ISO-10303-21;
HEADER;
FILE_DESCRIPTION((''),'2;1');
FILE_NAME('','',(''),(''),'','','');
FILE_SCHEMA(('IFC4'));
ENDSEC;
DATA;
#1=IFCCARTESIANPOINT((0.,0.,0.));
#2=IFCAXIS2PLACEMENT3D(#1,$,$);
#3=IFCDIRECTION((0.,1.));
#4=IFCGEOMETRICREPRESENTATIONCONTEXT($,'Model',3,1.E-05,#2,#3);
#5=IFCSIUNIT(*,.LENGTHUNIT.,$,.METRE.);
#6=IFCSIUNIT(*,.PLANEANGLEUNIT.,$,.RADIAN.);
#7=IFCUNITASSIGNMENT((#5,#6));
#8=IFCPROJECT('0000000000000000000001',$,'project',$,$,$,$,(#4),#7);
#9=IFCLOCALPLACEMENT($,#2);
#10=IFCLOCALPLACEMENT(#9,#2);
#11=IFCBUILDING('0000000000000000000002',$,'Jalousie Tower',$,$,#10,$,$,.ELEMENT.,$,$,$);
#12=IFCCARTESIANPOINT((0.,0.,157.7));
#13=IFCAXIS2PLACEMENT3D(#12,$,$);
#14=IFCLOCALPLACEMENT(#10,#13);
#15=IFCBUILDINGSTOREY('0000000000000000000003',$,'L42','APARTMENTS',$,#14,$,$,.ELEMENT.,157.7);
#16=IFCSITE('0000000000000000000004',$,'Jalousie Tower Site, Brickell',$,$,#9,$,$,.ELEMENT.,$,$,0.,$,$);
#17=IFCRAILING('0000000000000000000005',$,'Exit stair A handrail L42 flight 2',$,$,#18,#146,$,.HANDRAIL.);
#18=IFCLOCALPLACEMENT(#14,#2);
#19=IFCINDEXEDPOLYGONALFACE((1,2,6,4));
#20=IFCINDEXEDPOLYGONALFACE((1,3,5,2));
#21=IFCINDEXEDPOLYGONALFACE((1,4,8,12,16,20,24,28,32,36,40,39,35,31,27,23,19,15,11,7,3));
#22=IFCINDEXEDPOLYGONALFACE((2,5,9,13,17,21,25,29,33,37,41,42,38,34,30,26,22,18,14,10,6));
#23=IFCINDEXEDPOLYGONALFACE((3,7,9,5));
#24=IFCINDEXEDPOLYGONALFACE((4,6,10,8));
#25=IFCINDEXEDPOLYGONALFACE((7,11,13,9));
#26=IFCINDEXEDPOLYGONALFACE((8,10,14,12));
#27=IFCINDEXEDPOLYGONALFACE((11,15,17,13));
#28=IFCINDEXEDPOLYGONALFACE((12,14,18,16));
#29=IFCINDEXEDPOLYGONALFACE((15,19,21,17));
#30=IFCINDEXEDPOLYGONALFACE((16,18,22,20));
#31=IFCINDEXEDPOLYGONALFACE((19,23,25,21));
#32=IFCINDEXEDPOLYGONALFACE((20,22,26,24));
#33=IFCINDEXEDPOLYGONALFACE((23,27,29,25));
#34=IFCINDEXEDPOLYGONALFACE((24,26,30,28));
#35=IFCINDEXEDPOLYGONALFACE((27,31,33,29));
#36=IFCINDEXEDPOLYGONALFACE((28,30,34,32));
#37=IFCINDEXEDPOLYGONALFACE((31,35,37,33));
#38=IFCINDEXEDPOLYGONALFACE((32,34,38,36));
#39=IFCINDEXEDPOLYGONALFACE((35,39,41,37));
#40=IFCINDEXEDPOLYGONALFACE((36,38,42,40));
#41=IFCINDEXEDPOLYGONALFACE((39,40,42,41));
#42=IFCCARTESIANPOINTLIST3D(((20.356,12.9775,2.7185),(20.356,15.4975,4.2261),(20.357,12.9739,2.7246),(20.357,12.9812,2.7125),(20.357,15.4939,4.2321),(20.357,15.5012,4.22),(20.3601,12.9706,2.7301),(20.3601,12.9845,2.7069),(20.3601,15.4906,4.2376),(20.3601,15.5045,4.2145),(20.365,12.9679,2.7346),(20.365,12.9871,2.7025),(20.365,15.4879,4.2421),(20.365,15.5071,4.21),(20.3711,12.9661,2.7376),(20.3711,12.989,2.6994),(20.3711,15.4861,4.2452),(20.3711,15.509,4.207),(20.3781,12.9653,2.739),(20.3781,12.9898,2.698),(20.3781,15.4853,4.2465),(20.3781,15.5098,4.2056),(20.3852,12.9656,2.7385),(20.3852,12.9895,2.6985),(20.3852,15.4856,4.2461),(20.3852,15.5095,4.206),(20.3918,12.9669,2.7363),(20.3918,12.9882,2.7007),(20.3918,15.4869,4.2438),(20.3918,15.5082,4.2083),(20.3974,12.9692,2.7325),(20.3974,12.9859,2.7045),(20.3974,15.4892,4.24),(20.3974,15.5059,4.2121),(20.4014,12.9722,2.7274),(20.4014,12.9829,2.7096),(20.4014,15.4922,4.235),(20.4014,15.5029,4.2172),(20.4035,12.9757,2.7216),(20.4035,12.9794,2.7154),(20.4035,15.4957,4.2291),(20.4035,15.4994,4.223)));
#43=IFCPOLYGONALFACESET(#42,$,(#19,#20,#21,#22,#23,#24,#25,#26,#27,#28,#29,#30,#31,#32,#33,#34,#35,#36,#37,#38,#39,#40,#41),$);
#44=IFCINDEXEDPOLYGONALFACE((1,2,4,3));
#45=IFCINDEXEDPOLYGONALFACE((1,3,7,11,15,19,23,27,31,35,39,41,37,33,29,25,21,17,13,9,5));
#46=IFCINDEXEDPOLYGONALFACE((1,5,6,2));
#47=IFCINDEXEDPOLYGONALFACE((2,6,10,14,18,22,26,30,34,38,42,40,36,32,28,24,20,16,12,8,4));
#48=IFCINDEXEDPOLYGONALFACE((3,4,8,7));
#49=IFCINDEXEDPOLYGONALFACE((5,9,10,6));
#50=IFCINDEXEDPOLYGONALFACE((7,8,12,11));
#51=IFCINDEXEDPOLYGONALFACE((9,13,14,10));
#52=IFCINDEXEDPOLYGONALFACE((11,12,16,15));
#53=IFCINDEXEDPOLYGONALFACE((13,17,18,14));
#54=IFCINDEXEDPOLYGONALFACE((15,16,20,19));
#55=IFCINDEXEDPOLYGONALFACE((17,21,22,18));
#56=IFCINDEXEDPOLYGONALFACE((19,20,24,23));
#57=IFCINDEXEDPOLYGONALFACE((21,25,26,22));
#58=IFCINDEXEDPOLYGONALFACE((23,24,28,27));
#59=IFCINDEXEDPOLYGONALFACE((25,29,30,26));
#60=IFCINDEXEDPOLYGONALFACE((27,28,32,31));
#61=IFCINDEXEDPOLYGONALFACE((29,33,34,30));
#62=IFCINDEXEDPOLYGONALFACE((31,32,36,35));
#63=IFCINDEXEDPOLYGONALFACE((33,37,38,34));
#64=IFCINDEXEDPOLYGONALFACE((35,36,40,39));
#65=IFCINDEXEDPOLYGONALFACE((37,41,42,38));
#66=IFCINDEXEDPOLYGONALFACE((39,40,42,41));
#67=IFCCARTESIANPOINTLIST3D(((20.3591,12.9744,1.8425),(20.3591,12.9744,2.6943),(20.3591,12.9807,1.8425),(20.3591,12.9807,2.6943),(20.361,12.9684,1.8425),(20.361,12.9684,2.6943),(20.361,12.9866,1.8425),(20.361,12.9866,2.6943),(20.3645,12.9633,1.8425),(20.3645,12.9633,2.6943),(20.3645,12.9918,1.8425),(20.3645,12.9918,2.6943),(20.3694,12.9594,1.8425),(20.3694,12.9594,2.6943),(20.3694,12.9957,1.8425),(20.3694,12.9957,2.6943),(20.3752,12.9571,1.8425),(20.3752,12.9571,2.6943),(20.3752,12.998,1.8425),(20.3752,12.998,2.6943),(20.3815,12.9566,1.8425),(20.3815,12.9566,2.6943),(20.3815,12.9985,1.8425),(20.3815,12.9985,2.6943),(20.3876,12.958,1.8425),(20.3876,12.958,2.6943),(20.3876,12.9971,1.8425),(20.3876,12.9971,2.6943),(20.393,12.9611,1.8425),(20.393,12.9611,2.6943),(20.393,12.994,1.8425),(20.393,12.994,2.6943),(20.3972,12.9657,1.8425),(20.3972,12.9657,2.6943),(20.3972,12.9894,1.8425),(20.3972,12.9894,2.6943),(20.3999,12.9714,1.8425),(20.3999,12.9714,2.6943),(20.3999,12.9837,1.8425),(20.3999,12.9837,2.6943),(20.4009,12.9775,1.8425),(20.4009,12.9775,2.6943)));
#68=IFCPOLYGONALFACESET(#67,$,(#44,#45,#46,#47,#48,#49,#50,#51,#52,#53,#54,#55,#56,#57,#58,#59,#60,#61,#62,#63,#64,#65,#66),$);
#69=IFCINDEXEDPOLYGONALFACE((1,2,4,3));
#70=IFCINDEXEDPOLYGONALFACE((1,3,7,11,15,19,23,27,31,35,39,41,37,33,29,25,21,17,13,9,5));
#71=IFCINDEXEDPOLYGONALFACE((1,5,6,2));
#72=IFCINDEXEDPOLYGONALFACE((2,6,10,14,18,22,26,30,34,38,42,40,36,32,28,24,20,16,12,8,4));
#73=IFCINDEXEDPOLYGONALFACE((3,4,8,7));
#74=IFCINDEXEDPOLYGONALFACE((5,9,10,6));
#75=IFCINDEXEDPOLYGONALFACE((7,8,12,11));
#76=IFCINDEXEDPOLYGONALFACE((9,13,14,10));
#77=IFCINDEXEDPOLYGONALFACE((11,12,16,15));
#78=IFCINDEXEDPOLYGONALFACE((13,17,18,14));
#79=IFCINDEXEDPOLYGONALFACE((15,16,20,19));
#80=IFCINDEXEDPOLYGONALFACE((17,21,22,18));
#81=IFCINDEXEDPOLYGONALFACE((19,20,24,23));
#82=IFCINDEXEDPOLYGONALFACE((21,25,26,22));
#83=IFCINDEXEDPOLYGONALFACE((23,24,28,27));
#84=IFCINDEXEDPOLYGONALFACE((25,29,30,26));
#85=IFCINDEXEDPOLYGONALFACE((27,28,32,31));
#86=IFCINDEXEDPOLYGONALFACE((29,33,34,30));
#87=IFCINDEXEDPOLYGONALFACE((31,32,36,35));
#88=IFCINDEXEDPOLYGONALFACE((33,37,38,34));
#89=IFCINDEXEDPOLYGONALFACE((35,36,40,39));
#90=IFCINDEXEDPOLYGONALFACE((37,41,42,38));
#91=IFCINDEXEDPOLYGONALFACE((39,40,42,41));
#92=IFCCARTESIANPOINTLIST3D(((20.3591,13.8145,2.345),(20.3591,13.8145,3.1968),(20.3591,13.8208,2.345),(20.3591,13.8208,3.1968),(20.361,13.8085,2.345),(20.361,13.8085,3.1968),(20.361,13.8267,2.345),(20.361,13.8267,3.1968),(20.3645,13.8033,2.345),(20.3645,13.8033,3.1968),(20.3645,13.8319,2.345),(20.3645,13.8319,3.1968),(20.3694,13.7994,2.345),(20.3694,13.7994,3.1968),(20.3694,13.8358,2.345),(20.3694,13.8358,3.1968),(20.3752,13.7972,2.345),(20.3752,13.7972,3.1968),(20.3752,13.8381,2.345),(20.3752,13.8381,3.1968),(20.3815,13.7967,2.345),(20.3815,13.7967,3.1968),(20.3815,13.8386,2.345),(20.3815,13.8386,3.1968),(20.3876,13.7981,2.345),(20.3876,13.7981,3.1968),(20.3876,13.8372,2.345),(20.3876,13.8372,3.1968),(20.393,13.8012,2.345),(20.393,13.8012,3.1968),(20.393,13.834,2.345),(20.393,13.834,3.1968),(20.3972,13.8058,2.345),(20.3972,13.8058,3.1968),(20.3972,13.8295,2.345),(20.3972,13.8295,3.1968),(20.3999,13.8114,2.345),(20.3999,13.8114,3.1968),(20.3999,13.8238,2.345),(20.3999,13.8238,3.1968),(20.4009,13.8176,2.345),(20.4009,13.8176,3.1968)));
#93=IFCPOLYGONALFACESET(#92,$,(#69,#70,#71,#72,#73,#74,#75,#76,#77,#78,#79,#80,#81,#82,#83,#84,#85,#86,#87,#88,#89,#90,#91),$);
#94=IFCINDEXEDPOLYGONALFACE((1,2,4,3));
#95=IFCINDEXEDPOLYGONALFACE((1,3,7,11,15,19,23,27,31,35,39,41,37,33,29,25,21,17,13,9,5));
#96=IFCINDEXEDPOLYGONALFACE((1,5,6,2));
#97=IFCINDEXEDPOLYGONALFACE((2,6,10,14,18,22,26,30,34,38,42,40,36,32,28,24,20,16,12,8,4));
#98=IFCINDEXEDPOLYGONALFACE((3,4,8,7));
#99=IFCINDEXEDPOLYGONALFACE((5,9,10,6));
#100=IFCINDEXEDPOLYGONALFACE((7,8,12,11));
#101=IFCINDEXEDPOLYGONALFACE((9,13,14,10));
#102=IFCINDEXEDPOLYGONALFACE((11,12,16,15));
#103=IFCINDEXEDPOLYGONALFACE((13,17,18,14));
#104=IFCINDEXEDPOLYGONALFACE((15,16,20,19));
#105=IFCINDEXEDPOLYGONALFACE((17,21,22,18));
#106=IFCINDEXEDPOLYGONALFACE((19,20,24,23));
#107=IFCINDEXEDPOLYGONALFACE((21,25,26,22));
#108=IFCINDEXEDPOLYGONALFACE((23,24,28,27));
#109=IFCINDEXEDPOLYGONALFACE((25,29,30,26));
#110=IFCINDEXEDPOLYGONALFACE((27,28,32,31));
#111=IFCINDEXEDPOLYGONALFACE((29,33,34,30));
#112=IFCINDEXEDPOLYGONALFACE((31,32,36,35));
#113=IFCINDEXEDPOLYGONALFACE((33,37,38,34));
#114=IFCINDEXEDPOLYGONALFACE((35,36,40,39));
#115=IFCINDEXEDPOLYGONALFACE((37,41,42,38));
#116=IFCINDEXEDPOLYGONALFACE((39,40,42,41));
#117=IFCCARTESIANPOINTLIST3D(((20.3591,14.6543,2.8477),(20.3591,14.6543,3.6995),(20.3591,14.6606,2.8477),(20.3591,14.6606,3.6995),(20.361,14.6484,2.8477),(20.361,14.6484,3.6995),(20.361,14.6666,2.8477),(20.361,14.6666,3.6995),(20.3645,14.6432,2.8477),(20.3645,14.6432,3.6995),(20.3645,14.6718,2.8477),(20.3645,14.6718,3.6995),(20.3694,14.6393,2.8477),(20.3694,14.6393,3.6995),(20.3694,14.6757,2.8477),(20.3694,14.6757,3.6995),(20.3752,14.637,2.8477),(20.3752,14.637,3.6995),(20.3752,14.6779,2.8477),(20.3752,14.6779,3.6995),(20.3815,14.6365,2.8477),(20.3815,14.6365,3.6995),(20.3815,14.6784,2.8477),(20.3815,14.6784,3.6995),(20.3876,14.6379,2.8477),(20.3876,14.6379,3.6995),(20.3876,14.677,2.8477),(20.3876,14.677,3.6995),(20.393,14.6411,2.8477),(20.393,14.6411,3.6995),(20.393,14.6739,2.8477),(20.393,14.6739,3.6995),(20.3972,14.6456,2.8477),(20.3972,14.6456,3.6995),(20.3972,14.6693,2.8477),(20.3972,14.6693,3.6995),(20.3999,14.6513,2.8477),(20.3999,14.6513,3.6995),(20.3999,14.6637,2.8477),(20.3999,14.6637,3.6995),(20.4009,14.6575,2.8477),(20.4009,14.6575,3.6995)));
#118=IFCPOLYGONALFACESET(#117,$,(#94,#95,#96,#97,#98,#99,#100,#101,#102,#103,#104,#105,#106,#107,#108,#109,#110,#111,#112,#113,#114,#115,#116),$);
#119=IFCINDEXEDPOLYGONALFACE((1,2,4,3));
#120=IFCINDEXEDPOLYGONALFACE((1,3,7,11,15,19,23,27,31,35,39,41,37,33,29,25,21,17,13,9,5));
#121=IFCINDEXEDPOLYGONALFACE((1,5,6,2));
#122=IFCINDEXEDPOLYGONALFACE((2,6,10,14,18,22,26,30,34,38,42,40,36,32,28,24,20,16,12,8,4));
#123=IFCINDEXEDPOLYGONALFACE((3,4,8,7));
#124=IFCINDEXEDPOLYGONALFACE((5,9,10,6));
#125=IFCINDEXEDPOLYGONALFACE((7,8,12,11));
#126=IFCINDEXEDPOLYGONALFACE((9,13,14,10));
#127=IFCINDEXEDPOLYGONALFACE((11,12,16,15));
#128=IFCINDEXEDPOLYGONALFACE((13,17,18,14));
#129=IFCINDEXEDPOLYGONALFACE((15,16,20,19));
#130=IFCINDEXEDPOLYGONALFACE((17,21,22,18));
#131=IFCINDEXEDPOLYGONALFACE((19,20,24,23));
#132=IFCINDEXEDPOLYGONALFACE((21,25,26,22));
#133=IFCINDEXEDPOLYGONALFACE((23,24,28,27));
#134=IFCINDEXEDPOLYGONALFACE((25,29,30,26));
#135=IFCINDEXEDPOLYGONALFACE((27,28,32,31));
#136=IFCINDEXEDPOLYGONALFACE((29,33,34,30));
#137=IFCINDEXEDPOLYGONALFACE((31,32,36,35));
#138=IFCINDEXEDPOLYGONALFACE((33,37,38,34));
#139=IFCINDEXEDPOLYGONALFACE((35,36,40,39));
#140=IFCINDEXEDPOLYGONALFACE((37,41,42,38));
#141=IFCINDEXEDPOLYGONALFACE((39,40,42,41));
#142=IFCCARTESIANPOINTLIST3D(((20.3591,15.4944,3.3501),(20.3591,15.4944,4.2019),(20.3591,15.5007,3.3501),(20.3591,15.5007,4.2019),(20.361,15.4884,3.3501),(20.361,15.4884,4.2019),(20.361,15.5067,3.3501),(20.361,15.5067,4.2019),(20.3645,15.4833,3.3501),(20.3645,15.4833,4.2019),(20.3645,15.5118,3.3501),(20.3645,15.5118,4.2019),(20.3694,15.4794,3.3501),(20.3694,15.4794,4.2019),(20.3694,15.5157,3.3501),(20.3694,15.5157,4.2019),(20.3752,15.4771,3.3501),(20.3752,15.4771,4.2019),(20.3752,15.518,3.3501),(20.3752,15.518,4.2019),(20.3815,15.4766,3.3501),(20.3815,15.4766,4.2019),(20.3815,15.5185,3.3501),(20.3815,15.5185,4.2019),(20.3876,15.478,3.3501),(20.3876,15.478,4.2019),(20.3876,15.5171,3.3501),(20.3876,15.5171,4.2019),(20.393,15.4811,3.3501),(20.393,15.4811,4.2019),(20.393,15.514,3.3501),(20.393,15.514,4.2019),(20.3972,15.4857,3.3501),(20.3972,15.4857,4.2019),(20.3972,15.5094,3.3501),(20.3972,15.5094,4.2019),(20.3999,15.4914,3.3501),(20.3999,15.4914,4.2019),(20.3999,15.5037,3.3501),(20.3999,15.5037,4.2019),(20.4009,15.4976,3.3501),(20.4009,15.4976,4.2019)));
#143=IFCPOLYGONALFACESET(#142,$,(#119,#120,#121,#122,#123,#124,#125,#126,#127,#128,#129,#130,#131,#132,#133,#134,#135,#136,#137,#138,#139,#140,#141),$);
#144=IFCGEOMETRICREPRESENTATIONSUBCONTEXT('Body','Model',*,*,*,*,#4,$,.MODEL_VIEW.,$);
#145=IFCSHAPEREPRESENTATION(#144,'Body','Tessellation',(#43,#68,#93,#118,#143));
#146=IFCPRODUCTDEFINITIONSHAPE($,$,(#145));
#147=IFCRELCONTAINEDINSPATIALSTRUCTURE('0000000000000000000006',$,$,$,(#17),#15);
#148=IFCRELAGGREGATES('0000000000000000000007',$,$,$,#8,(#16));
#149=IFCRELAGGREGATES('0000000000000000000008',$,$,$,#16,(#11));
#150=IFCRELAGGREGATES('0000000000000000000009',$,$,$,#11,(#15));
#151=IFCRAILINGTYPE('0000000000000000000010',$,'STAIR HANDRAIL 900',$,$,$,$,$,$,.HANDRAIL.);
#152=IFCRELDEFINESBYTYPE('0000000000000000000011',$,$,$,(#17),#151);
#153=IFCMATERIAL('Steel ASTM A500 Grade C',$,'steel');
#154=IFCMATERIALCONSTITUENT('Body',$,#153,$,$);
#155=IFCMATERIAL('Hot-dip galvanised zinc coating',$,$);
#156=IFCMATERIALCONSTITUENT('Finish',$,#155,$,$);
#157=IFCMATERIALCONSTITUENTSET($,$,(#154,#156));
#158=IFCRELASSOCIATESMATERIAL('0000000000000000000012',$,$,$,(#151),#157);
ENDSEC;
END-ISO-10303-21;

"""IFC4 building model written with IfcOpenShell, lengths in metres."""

from ifc_helpers import new_model, si_unit, direction, frame, origin, origin_2d, place, context, subcontext, project, spatial, circle, extrude, material, constituent, constituent_set, type_object, element, save


model = new_model("IFC4")

# Units and contexts
model_context = context("Model", 3, precision=1e-05, world=origin(), true_north=direction((0.0, 1.0)))
body_context = subcontext(model_context, "Body", "Model", "MODEL_VIEW")
ifc_project = project(units=[si_unit("LENGTHUNIT", "METRE"), si_unit("PLANEANGLEUNIT", "RADIAN")], contexts=[model_context])

# Site, building, storey
site_placement = place(None, origin())
site = spatial("IfcSite", under=ifc_project, at=site_placement, Name="Jalousie Tower Site, Brickell", CompositionType="ELEMENT", RefElevation=0.0)
building_placement = place(site_placement, origin())
building = spatial("IfcBuilding", under=site, at=building_placement, Name="Jalousie Tower", CompositionType="ELEMENT")
storey_placement = place(building_placement, frame((0.0, 0.0, 157.7)))
storey = spatial("IfcBuildingStorey", under=building, at=storey_placement, Name="L42", Description="APARTMENTS", CompositionType="ELEMENT", Elevation=157.7)

# Railing
ifc_material_1 = material(Name="Steel ASTM A500 Grade C", Category="steel")
ifc_constituent_1 = constituent(ifc_material_1, Name="Body")
ifc_material_2 = material(Name="Hot-dip galvanised zinc coating")
ifc_constituent_2 = constituent(ifc_material_2, Name="Finish")
ifc_constituent_set_1 = constituent_set(constituents=[ifc_constituent_1, ifc_constituent_2])
railing_type_1 = type_object("IfcRailingType", Name="STAIR HANDRAIL 900", PredefinedType="HANDRAIL", material=ifc_constituent_set_1)
railing_1_placement = place(storey_placement, frame((20.3799, 12.9775, 1.8425)))
element("IfcRailing", 1, at=railing_1_placement, inside=storey, type_object=railing_type_1, Name="Exit stair A handrail L42 flight 2", PredefinedType="HANDRAIL", context=body_context, shape_type="SweptSolid", body=[
    extrude(circle(Radius=0.0239, at=origin_2d()), frame((0.0, 0.0, 0.876), z_axis=(0.0, 0.85816, 0.513383), x_axis=(-1.0, 0.0, 0.0)), (0.0, 0.0, 1.0), 2.9365),
    extrude(circle(Radius=0.021, at=origin_2d()), origin(), (0.0, 0.0, 1.0), 0.8518),
    extrude(circle(Radius=0.021, at=origin_2d()), frame((0.0, 0.8401, 0.5024)), (0.0, 0.0, 1.0), 0.8518),
    extrude(circle(Radius=0.021, at=origin_2d()), frame((0.0, 1.6799, 1.0051)), (0.0, 0.0, 1.0), 0.8518),
    extrude(circle(Radius=0.021, at=origin_2d()), frame((0.0, 2.52, 1.5076)), (0.0, 0.0, 1.0), 0.8518),
])

save(model, "model.ifc")
